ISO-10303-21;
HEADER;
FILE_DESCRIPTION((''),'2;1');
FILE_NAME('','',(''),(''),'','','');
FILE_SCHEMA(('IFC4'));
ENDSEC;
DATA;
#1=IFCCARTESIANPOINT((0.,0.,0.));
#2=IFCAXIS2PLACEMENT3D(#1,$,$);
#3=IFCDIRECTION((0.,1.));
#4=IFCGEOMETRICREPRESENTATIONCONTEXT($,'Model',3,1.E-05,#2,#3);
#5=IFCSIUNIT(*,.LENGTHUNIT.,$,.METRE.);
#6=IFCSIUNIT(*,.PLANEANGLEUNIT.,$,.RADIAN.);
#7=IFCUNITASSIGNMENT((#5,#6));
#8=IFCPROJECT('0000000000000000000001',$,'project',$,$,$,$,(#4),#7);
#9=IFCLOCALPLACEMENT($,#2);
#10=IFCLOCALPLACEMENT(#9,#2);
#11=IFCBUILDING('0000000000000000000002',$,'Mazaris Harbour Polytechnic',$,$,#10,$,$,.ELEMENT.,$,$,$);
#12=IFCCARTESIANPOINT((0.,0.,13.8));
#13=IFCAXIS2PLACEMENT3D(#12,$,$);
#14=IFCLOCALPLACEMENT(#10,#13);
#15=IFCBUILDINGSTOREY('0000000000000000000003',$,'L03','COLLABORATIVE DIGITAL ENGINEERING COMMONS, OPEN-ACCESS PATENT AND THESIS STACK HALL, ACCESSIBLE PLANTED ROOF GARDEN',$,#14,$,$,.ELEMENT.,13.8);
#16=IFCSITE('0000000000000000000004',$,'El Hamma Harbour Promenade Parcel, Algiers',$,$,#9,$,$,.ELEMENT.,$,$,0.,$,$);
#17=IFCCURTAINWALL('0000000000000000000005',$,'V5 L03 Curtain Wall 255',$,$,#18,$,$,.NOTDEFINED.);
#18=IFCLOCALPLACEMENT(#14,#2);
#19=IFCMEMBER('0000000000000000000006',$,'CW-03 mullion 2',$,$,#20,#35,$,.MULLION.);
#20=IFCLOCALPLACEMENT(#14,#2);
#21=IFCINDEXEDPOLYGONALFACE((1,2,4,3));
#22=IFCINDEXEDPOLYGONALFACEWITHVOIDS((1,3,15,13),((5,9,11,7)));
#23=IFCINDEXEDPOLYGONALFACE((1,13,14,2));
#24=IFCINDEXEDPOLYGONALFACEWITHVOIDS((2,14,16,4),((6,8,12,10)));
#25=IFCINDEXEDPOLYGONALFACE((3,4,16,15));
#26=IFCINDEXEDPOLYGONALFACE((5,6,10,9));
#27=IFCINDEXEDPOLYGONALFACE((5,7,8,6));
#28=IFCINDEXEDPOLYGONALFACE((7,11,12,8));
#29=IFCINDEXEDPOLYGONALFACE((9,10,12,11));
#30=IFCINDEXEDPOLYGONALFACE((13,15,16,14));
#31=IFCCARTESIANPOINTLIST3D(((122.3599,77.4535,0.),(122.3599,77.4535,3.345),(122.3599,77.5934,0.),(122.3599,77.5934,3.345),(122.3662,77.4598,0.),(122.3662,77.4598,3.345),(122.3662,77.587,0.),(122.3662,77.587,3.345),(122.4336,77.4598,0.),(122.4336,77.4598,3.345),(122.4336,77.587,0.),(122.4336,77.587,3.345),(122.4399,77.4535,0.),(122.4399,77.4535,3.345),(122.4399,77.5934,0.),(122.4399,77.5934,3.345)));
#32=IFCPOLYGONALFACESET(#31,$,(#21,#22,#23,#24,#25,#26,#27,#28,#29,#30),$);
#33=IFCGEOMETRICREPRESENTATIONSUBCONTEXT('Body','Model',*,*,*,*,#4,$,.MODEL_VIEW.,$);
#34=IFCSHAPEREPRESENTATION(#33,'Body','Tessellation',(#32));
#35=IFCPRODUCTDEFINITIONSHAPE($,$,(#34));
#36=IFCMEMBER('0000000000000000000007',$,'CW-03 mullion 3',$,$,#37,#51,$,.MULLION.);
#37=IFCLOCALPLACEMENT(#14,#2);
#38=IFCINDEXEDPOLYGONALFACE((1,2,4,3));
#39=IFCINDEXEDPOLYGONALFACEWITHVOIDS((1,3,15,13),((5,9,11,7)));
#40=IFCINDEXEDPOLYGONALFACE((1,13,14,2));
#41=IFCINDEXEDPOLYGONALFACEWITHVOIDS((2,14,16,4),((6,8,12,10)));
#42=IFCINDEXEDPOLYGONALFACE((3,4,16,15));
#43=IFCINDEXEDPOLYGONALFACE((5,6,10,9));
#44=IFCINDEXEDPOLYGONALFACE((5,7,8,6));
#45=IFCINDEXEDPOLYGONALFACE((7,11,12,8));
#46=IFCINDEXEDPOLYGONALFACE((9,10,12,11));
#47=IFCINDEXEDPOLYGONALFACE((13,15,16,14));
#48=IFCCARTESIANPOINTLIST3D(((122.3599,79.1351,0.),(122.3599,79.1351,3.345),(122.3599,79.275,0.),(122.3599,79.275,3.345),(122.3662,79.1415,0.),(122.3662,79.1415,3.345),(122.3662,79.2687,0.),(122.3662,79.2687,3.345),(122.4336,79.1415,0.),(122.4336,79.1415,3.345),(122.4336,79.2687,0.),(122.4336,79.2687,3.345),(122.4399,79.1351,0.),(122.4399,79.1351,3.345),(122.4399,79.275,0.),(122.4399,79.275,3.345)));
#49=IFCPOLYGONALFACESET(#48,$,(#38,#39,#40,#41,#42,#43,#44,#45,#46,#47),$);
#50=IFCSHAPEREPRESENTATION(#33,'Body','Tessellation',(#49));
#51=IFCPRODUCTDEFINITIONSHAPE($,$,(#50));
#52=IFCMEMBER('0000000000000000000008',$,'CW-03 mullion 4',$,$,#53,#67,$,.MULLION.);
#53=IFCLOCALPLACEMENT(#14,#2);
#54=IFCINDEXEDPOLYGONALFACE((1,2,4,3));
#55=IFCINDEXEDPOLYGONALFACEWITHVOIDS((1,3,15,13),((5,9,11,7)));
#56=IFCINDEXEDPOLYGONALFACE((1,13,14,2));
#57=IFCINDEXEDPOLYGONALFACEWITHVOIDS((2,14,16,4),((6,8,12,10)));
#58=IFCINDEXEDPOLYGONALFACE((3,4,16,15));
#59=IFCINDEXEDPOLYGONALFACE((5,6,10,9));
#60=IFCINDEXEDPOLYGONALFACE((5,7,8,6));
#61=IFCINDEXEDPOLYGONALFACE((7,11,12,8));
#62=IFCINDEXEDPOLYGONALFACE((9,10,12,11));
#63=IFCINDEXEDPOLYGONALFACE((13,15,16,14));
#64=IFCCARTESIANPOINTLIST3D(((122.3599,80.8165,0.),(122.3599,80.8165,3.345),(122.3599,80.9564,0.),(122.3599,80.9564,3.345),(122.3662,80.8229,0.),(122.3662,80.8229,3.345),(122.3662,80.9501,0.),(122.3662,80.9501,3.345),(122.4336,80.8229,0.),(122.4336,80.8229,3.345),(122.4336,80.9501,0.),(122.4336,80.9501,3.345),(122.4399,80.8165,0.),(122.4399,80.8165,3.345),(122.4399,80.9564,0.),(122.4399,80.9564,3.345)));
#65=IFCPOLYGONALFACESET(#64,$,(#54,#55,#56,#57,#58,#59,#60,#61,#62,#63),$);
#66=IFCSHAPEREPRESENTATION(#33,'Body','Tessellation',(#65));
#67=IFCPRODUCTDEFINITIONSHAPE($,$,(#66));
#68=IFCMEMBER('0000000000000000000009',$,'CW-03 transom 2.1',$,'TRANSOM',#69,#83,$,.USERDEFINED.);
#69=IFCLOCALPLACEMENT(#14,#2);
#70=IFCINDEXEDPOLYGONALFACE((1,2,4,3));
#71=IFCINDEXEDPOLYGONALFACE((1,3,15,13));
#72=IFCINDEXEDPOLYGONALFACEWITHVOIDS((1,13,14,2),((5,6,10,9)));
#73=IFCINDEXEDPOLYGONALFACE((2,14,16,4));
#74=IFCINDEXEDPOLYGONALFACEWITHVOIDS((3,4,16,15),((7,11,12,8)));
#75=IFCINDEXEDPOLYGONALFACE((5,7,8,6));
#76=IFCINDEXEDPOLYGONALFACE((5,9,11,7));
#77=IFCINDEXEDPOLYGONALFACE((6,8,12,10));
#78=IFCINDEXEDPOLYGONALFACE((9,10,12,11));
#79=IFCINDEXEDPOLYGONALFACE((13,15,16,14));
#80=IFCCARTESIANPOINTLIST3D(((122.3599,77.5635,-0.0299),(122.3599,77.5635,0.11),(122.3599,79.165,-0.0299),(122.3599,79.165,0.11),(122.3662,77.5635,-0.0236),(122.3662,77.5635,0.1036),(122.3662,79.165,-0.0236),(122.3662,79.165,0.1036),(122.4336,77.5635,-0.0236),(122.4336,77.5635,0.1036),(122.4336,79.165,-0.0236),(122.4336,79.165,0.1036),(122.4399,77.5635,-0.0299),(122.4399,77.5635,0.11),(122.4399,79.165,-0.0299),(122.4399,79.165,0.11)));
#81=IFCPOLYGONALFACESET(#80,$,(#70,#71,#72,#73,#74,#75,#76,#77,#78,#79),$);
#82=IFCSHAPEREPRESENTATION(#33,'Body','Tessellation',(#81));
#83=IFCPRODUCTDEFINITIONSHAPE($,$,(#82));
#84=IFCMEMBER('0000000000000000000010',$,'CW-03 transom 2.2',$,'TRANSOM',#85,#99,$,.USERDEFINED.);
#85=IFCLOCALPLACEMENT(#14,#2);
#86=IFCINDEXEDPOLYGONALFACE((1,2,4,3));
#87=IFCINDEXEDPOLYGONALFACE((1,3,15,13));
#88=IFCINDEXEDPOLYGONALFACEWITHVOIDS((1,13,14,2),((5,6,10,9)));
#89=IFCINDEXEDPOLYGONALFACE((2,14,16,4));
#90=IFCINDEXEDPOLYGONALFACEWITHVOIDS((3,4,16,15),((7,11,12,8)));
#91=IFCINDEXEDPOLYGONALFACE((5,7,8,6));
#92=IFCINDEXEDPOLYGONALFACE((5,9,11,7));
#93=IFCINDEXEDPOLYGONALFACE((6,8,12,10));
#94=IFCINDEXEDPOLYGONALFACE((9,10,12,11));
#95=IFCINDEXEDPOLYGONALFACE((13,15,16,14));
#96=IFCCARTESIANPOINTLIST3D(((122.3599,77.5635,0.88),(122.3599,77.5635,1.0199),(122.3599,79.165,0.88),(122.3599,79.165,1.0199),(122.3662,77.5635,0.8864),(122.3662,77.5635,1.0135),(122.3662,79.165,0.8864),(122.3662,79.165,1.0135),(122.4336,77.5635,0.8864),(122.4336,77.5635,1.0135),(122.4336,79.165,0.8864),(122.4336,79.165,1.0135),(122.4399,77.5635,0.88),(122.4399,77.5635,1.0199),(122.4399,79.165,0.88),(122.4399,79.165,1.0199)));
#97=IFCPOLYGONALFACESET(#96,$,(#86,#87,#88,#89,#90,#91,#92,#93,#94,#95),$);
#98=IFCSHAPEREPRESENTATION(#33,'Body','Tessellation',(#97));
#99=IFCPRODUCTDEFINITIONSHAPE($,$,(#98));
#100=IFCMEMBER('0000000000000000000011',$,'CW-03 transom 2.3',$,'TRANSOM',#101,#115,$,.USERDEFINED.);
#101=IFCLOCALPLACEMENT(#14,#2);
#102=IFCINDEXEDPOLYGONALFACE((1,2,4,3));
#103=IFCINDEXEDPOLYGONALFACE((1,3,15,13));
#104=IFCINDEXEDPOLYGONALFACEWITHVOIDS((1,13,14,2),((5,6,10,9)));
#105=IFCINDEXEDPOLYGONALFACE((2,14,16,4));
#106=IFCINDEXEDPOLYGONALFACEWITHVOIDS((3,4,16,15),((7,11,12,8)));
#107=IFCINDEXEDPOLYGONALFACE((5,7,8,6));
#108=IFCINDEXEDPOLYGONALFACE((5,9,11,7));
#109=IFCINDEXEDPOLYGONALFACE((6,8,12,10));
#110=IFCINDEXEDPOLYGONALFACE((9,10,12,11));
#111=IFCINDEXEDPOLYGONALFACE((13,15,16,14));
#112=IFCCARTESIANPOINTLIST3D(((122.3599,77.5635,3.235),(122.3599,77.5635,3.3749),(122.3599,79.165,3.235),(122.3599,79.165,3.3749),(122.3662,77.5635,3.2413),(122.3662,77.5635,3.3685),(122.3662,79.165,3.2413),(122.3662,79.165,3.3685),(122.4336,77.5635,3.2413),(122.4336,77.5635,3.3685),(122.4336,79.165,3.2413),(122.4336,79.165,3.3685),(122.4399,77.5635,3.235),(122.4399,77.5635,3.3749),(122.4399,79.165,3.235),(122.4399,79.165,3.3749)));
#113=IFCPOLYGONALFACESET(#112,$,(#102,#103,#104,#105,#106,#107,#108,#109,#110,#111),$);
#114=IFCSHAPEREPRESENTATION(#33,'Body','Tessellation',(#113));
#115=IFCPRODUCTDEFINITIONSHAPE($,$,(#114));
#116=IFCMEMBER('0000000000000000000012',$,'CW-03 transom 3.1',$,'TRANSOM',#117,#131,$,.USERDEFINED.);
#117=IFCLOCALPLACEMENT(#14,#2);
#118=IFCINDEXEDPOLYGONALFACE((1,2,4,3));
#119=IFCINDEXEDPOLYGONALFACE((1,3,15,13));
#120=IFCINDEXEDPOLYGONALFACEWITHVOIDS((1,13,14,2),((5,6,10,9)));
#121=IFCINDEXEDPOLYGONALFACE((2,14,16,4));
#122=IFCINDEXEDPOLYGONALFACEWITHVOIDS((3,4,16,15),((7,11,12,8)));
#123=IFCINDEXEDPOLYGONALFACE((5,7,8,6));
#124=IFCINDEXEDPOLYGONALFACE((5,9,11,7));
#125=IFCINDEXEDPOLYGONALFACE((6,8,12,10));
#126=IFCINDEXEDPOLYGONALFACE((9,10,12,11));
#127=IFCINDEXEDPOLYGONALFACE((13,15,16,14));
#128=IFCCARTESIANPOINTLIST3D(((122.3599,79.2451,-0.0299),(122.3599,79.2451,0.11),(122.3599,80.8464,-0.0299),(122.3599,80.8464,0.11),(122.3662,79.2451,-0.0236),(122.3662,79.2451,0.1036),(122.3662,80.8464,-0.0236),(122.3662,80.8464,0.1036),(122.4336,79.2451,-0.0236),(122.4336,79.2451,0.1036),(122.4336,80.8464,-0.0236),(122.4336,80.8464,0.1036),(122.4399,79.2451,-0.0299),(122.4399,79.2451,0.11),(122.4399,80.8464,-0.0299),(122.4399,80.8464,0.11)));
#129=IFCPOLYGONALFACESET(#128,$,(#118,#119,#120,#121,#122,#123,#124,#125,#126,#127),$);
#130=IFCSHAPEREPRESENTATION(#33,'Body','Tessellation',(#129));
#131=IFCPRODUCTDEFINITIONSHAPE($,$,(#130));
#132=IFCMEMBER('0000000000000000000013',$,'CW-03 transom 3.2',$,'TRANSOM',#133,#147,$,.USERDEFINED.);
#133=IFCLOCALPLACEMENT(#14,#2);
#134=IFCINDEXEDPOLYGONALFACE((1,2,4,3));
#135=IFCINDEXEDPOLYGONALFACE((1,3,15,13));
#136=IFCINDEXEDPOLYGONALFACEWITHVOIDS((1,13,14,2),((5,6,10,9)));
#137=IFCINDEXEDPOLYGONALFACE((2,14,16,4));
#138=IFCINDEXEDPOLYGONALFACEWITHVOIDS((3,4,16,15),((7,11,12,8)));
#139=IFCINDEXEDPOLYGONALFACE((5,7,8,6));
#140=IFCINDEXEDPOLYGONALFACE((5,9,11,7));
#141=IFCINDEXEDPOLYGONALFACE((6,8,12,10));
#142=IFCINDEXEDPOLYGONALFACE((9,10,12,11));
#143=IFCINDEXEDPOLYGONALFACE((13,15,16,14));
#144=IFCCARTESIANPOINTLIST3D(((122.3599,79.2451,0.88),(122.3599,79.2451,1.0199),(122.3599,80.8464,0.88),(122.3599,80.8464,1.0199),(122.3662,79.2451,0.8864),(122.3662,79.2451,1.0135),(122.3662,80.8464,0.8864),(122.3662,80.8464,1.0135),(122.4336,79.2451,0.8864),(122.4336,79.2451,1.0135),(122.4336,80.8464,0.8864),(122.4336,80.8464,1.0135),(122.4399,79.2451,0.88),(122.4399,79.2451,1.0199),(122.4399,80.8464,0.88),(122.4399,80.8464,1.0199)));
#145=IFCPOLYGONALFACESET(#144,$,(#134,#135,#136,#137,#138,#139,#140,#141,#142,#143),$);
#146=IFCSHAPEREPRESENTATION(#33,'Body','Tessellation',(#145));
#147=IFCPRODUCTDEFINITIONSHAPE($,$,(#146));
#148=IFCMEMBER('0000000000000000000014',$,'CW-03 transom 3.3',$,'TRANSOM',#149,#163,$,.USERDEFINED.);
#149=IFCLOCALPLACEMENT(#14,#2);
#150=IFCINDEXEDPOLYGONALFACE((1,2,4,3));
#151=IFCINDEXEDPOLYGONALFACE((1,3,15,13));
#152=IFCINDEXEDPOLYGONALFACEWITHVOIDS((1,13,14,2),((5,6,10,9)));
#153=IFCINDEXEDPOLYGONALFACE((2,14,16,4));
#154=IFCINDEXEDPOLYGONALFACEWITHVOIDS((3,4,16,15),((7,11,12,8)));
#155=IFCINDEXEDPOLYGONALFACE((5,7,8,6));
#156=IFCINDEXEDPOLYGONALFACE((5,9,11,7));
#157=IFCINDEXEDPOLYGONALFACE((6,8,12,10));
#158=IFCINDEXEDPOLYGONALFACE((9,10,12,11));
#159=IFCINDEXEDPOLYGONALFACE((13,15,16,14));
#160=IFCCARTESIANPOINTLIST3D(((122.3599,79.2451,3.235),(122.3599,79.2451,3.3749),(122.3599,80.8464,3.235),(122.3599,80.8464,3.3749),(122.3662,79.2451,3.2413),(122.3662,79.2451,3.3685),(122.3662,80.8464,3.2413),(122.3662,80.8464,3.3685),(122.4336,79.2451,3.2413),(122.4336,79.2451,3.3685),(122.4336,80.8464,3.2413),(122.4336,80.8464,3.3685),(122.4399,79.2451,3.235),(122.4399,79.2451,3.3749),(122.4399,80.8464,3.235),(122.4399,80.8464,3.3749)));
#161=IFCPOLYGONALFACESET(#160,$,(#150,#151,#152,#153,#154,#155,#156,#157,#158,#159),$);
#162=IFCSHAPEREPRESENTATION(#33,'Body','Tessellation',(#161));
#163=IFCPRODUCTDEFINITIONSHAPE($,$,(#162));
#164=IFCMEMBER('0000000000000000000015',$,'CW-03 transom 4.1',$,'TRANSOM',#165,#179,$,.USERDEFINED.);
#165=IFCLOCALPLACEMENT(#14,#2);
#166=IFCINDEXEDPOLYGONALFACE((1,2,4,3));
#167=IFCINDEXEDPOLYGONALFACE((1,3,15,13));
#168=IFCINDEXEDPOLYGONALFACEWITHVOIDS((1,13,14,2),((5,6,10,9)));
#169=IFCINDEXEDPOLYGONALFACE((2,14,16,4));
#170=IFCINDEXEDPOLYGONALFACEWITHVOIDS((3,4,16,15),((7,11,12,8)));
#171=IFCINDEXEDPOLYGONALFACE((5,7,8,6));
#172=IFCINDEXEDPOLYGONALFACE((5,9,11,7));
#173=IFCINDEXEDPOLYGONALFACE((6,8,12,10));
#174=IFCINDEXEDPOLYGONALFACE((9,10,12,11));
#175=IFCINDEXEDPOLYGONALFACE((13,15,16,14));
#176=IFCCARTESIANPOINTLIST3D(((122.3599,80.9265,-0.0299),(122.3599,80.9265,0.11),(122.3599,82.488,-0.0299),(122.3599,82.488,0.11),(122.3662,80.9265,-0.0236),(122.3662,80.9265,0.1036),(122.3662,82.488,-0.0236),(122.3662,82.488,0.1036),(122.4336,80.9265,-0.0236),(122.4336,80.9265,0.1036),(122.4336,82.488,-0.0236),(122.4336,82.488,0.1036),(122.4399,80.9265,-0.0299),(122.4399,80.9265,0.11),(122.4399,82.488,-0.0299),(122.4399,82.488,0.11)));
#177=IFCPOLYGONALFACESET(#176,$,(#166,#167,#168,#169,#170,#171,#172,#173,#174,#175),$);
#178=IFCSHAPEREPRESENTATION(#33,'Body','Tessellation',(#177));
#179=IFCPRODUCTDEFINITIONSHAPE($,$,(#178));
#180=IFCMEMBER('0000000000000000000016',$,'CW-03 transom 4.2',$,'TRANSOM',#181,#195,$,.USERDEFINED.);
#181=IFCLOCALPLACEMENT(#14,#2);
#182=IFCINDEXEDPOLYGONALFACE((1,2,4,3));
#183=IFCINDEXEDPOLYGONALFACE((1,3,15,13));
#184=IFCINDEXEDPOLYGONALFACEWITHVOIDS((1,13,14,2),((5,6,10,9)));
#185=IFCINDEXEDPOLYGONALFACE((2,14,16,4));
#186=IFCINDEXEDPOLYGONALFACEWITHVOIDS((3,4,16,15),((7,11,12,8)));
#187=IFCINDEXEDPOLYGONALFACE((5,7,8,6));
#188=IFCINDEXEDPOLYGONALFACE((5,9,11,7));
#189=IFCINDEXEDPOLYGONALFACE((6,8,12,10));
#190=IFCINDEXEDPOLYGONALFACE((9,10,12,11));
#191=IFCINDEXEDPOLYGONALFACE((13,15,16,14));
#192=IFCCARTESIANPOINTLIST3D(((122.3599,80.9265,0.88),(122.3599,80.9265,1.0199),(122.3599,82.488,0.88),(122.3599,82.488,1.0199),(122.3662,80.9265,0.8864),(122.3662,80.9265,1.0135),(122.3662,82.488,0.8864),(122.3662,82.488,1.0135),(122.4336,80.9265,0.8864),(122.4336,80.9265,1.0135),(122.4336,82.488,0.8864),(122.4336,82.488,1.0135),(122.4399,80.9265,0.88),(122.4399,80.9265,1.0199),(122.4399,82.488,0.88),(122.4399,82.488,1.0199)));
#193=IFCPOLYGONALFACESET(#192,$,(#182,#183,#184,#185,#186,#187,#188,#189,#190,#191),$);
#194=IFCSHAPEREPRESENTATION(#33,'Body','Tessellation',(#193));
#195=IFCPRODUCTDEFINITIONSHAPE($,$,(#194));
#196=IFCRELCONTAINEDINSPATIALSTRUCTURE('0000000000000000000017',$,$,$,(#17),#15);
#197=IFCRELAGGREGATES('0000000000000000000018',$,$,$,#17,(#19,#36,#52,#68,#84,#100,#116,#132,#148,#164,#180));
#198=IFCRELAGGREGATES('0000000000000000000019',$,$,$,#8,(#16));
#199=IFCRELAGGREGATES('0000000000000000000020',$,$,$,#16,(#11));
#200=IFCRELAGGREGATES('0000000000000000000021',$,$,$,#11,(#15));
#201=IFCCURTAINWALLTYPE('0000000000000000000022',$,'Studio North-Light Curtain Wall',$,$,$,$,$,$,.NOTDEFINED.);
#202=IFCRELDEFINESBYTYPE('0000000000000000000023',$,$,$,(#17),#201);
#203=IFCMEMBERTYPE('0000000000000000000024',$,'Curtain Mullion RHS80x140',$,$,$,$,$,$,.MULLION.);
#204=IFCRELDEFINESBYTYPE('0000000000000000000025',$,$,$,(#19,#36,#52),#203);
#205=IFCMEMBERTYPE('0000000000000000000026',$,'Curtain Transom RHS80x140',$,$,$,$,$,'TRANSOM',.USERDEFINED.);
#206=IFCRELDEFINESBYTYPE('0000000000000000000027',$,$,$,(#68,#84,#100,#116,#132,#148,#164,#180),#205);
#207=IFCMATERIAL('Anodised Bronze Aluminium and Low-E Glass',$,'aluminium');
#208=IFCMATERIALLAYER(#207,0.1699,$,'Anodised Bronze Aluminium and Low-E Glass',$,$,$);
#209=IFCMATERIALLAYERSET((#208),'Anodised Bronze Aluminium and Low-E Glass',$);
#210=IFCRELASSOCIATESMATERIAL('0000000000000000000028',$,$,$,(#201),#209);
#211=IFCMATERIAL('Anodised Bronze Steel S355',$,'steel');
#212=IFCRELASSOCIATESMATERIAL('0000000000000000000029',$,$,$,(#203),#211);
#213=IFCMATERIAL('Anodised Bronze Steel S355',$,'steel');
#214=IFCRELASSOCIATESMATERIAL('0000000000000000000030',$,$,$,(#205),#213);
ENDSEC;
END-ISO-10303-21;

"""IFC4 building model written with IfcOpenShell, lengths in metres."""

from ifc_helpers import new_model, si_unit, direction, frame, origin, origin_2d, place, context, subcontext, project, spatial, hollow_rectangle, extrude, material, layer, layer_set, material_profile, profile_set, type_object, element, aggregate, save


model = new_model("IFC4")

# Units and contexts
model_context = context("Model", 3, precision=1e-05, world=origin(), true_north=direction((0.0, 1.0)))
body_context = subcontext(model_context, "Body", "Model", "MODEL_VIEW")
ifc_project = project(units=[si_unit("LENGTHUNIT", "METRE"), si_unit("PLANEANGLEUNIT", "RADIAN")], contexts=[model_context])

# Site, building, storey
site_placement = place(None, origin())
site = spatial("IfcSite", under=ifc_project, at=site_placement, Name="El Hamma Harbour Promenade Parcel, Algiers", CompositionType="ELEMENT", RefElevation=0.0)
building_placement = place(site_placement, origin())
building = spatial("IfcBuilding", under=site, at=building_placement, Name="Mazaris Harbour Polytechnic", CompositionType="ELEMENT")
storey_placement = place(building_placement, frame((0.0, 0.0, 13.8)))
storey = spatial("IfcBuildingStorey", under=building, at=storey_placement, Name="L03", Description="COLLABORATIVE DIGITAL ENGINEERING COMMONS, OPEN-ACCESS PATENT AND THESIS STACK HALL, ACCESSIBLE PLANTED ROOF GARDEN", CompositionType="ELEMENT", Elevation=13.8)

# Curtain wall, members
ifc_material_1 = material(Name="Anodised Bronze Aluminium and Low-E Glass", Category="aluminium")
ifc_layer_1 = layer(ifc_material_1, 0.1699, Name="Anodised Bronze Aluminium and Low-E Glass")
ifc_layer_set_1 = layer_set([ifc_layer_1], Name="Anodised Bronze Aluminium and Low-E Glass")
curtain_wall_type = type_object("IfcCurtainWallType", Name="Studio North-Light Curtain Wall", PredefinedType="NOTDEFINED", material=ifc_layer_set_1)
curtain_wall_placement = place(storey_placement, origin())
curtain_wall = element("IfcCurtainWall", 1, at=curtain_wall_placement, inside=storey, type_object=curtain_wall_type, Name="V5 L03 Curtain Wall 255", PredefinedType="NOTDEFINED")
ifc_material_2 = material(Name="Anodised Bronze Steel S355", Category="steel")
ifc_material_profile_1 = material_profile(ifc_material_2, hollow_rectangle(XDim=0.0801, YDim=0.1399, WallThickness=0.0063, at=origin_2d()), Name="RHS 80x140x6.3")
ifc_profile_set_1 = profile_set([ifc_material_profile_1], Name="Anodised Bronze Steel S355")
member_type_1 = type_object("IfcMemberType", Name="Curtain Mullion RHS80x140", PredefinedType="MULLION", material=ifc_profile_set_1)
member_1_placement = place(storey_placement, frame((122.3999, 77.5234, 0.0), z_axis=(0.0, 0.0, 1.0), x_axis=(-1.0, 0.0, 0.0)))
member_1 = element("IfcMember", 2, at=member_1_placement, type_object=member_type_1, Name="CW-03 mullion 2", PredefinedType="MULLION", context=body_context, shape_type="SweptSolid", body=[
    extrude(hollow_rectangle(XDim=0.0801, YDim=0.1399, WallThickness=0.0063, at=origin_2d()), origin(), (0.0, 0.0, 1.0), 3.345),
])
member_2_placement = place(storey_placement, frame((122.3999, 79.2051, 0.0), z_axis=(0.0, 0.0, 1.0), x_axis=(-1.0, 0.0, 0.0)))
member_2 = element("IfcMember", 3, at=member_2_placement, type_object=member_type_1, Name="CW-03 mullion 3", PredefinedType="MULLION", context=body_context, shape_type="SweptSolid", body=[
    extrude(hollow_rectangle(XDim=0.0801, YDim=0.1399, WallThickness=0.0063, at=origin_2d()), origin(), (0.0, 0.0, 1.0), 3.345),
])
member_3_placement = place(storey_placement, frame((122.3999, 80.8865, 0.0), z_axis=(0.0, 0.0, 1.0), x_axis=(-1.0, 0.0, 0.0)))
member_3 = element("IfcMember", 4, at=member_3_placement, type_object=member_type_1, Name="CW-03 mullion 4", PredefinedType="MULLION", context=body_context, shape_type="SweptSolid", body=[
    extrude(hollow_rectangle(XDim=0.0801, YDim=0.1399, WallThickness=0.0063, at=origin_2d()), origin(), (0.0, 0.0, 1.0), 3.345),
])
ifc_material_3 = material(Name="Anodised Bronze Steel S355", Category="steel")
ifc_material_profile_2 = material_profile(ifc_material_3, hollow_rectangle(XDim=0.0801, YDim=0.1399, WallThickness=0.0063, at=origin_2d()), Name="RHS 80x140x6.3")
ifc_profile_set_2 = profile_set([ifc_material_profile_2], Name="Anodised Bronze Steel S355")
member_type_2 = type_object("IfcMemberType", Name="Curtain Transom RHS80x140", ElementType="TRANSOM", PredefinedType="USERDEFINED", material=ifc_profile_set_2)
member_4_placement = place(storey_placement, frame((122.3999, 77.5635, 0.04), z_axis=(0.0, 1.0, 0.0), x_axis=(-1.0, 0.0, 0.0)))
member_4 = element("IfcMember", 5, at=member_4_placement, type_object=member_type_2, Name="CW-03 transom 2.1", ObjectType="TRANSOM", PredefinedType="USERDEFINED", context=body_context, shape_type="SweptSolid", body=[
    extrude(hollow_rectangle(XDim=0.0801, YDim=0.1399, WallThickness=0.0063, at=origin_2d()), origin(), (0.0, 0.0, 1.0), 1.6016),
])
member_5_placement = place(storey_placement, frame((122.3999, 77.5635, 0.95), z_axis=(0.0, 1.0, 0.0), x_axis=(-1.0, 0.0, 0.0)))
member_5 = element("IfcMember", 6, at=member_5_placement, type_object=member_type_2, Name="CW-03 transom 2.2", ObjectType="TRANSOM", PredefinedType="USERDEFINED", context=body_context, shape_type="SweptSolid", body=[
    extrude(hollow_rectangle(XDim=0.0801, YDim=0.1399, WallThickness=0.0063, at=origin_2d()), origin(), (0.0, 0.0, 1.0), 1.6016),
])
member_6_placement = place(storey_placement, frame((122.3999, 77.5635, 3.3049), z_axis=(0.0, 1.0, 0.0), x_axis=(-1.0, 0.0, 0.0)))
member_6 = element("IfcMember", 7, at=member_6_placement, type_object=member_type_2, Name="CW-03 transom 2.3", ObjectType="TRANSOM", PredefinedType="USERDEFINED", context=body_context, shape_type="SweptSolid", body=[
    extrude(hollow_rectangle(XDim=0.0801, YDim=0.1399, WallThickness=0.0063, at=origin_2d()), origin(), (0.0, 0.0, 1.0), 1.6016),
])
member_7_placement = place(storey_placement, frame((122.3999, 79.2451, 0.04), z_axis=(0.0, 1.0, 0.0), x_axis=(-1.0, 0.0, 0.0)))
member_7 = element("IfcMember", 8, at=member_7_placement, type_object=member_type_2, Name="CW-03 transom 3.1", ObjectType="TRANSOM", PredefinedType="USERDEFINED", context=body_context, shape_type="SweptSolid", body=[
    extrude(hollow_rectangle(XDim=0.0801, YDim=0.1399, WallThickness=0.0063, at=origin_2d()), origin(), (0.0, 0.0, 1.0), 1.6013),
])
member_8_placement = place(storey_placement, frame((122.3999, 79.2451, 0.95), z_axis=(0.0, 1.0, 0.0), x_axis=(-1.0, 0.0, 0.0)))
member_8 = element("IfcMember", 9, at=member_8_placement, type_object=member_type_2, Name="CW-03 transom 3.2", ObjectType="TRANSOM", PredefinedType="USERDEFINED", context=body_context, shape_type="SweptSolid", body=[
    extrude(hollow_rectangle(XDim=0.0801, YDim=0.1399, WallThickness=0.0063, at=origin_2d()), origin(), (0.0, 0.0, 1.0), 1.6013),
])
member_9_placement = place(storey_placement, frame((122.3999, 79.2451, 3.3049), z_axis=(0.0, 1.0, 0.0), x_axis=(-1.0, 0.0, 0.0)))
member_9 = element("IfcMember", 10, at=member_9_placement, type_object=member_type_2, Name="CW-03 transom 3.3", ObjectType="TRANSOM", PredefinedType="USERDEFINED", context=body_context, shape_type="SweptSolid", body=[
    extrude(hollow_rectangle(XDim=0.0801, YDim=0.1399, WallThickness=0.0063, at=origin_2d()), origin(), (0.0, 0.0, 1.0), 1.6013),
])
member_10_placement = place(storey_placement, frame((122.3999, 80.9265, 0.04), z_axis=(0.0, 1.0, 0.0), x_axis=(-1.0, 0.0, 0.0)))
member_10 = element("IfcMember", 11, at=member_10_placement, type_object=member_type_2, Name="CW-03 transom 4.1", ObjectType="TRANSOM", PredefinedType="USERDEFINED", context=body_context, shape_type="SweptSolid", body=[
    extrude(hollow_rectangle(XDim=0.0801, YDim=0.1399, WallThickness=0.0063, at=origin_2d()), origin(), (0.0, 0.0, 1.0), 1.5615),
])
member_11_placement = place(storey_placement, frame((122.3999, 80.9265, 0.95), z_axis=(0.0, 1.0, 0.0), x_axis=(-1.0, 0.0, 0.0)))
member_11 = element("IfcMember", 12, at=member_11_placement, type_object=member_type_2, Name="CW-03 transom 4.2", ObjectType="TRANSOM", PredefinedType="USERDEFINED", context=body_context, shape_type="SweptSolid", body=[
    extrude(hollow_rectangle(XDim=0.0801, YDim=0.1399, WallThickness=0.0063, at=origin_2d()), origin(), (0.0, 0.0, 1.0), 1.5615),
])
aggregate(curtain_wall, [member_1, member_2, member_3, member_4, member_5, member_6, member_7, member_8, member_9, member_10, member_11])

save(model, "model.ifc")
